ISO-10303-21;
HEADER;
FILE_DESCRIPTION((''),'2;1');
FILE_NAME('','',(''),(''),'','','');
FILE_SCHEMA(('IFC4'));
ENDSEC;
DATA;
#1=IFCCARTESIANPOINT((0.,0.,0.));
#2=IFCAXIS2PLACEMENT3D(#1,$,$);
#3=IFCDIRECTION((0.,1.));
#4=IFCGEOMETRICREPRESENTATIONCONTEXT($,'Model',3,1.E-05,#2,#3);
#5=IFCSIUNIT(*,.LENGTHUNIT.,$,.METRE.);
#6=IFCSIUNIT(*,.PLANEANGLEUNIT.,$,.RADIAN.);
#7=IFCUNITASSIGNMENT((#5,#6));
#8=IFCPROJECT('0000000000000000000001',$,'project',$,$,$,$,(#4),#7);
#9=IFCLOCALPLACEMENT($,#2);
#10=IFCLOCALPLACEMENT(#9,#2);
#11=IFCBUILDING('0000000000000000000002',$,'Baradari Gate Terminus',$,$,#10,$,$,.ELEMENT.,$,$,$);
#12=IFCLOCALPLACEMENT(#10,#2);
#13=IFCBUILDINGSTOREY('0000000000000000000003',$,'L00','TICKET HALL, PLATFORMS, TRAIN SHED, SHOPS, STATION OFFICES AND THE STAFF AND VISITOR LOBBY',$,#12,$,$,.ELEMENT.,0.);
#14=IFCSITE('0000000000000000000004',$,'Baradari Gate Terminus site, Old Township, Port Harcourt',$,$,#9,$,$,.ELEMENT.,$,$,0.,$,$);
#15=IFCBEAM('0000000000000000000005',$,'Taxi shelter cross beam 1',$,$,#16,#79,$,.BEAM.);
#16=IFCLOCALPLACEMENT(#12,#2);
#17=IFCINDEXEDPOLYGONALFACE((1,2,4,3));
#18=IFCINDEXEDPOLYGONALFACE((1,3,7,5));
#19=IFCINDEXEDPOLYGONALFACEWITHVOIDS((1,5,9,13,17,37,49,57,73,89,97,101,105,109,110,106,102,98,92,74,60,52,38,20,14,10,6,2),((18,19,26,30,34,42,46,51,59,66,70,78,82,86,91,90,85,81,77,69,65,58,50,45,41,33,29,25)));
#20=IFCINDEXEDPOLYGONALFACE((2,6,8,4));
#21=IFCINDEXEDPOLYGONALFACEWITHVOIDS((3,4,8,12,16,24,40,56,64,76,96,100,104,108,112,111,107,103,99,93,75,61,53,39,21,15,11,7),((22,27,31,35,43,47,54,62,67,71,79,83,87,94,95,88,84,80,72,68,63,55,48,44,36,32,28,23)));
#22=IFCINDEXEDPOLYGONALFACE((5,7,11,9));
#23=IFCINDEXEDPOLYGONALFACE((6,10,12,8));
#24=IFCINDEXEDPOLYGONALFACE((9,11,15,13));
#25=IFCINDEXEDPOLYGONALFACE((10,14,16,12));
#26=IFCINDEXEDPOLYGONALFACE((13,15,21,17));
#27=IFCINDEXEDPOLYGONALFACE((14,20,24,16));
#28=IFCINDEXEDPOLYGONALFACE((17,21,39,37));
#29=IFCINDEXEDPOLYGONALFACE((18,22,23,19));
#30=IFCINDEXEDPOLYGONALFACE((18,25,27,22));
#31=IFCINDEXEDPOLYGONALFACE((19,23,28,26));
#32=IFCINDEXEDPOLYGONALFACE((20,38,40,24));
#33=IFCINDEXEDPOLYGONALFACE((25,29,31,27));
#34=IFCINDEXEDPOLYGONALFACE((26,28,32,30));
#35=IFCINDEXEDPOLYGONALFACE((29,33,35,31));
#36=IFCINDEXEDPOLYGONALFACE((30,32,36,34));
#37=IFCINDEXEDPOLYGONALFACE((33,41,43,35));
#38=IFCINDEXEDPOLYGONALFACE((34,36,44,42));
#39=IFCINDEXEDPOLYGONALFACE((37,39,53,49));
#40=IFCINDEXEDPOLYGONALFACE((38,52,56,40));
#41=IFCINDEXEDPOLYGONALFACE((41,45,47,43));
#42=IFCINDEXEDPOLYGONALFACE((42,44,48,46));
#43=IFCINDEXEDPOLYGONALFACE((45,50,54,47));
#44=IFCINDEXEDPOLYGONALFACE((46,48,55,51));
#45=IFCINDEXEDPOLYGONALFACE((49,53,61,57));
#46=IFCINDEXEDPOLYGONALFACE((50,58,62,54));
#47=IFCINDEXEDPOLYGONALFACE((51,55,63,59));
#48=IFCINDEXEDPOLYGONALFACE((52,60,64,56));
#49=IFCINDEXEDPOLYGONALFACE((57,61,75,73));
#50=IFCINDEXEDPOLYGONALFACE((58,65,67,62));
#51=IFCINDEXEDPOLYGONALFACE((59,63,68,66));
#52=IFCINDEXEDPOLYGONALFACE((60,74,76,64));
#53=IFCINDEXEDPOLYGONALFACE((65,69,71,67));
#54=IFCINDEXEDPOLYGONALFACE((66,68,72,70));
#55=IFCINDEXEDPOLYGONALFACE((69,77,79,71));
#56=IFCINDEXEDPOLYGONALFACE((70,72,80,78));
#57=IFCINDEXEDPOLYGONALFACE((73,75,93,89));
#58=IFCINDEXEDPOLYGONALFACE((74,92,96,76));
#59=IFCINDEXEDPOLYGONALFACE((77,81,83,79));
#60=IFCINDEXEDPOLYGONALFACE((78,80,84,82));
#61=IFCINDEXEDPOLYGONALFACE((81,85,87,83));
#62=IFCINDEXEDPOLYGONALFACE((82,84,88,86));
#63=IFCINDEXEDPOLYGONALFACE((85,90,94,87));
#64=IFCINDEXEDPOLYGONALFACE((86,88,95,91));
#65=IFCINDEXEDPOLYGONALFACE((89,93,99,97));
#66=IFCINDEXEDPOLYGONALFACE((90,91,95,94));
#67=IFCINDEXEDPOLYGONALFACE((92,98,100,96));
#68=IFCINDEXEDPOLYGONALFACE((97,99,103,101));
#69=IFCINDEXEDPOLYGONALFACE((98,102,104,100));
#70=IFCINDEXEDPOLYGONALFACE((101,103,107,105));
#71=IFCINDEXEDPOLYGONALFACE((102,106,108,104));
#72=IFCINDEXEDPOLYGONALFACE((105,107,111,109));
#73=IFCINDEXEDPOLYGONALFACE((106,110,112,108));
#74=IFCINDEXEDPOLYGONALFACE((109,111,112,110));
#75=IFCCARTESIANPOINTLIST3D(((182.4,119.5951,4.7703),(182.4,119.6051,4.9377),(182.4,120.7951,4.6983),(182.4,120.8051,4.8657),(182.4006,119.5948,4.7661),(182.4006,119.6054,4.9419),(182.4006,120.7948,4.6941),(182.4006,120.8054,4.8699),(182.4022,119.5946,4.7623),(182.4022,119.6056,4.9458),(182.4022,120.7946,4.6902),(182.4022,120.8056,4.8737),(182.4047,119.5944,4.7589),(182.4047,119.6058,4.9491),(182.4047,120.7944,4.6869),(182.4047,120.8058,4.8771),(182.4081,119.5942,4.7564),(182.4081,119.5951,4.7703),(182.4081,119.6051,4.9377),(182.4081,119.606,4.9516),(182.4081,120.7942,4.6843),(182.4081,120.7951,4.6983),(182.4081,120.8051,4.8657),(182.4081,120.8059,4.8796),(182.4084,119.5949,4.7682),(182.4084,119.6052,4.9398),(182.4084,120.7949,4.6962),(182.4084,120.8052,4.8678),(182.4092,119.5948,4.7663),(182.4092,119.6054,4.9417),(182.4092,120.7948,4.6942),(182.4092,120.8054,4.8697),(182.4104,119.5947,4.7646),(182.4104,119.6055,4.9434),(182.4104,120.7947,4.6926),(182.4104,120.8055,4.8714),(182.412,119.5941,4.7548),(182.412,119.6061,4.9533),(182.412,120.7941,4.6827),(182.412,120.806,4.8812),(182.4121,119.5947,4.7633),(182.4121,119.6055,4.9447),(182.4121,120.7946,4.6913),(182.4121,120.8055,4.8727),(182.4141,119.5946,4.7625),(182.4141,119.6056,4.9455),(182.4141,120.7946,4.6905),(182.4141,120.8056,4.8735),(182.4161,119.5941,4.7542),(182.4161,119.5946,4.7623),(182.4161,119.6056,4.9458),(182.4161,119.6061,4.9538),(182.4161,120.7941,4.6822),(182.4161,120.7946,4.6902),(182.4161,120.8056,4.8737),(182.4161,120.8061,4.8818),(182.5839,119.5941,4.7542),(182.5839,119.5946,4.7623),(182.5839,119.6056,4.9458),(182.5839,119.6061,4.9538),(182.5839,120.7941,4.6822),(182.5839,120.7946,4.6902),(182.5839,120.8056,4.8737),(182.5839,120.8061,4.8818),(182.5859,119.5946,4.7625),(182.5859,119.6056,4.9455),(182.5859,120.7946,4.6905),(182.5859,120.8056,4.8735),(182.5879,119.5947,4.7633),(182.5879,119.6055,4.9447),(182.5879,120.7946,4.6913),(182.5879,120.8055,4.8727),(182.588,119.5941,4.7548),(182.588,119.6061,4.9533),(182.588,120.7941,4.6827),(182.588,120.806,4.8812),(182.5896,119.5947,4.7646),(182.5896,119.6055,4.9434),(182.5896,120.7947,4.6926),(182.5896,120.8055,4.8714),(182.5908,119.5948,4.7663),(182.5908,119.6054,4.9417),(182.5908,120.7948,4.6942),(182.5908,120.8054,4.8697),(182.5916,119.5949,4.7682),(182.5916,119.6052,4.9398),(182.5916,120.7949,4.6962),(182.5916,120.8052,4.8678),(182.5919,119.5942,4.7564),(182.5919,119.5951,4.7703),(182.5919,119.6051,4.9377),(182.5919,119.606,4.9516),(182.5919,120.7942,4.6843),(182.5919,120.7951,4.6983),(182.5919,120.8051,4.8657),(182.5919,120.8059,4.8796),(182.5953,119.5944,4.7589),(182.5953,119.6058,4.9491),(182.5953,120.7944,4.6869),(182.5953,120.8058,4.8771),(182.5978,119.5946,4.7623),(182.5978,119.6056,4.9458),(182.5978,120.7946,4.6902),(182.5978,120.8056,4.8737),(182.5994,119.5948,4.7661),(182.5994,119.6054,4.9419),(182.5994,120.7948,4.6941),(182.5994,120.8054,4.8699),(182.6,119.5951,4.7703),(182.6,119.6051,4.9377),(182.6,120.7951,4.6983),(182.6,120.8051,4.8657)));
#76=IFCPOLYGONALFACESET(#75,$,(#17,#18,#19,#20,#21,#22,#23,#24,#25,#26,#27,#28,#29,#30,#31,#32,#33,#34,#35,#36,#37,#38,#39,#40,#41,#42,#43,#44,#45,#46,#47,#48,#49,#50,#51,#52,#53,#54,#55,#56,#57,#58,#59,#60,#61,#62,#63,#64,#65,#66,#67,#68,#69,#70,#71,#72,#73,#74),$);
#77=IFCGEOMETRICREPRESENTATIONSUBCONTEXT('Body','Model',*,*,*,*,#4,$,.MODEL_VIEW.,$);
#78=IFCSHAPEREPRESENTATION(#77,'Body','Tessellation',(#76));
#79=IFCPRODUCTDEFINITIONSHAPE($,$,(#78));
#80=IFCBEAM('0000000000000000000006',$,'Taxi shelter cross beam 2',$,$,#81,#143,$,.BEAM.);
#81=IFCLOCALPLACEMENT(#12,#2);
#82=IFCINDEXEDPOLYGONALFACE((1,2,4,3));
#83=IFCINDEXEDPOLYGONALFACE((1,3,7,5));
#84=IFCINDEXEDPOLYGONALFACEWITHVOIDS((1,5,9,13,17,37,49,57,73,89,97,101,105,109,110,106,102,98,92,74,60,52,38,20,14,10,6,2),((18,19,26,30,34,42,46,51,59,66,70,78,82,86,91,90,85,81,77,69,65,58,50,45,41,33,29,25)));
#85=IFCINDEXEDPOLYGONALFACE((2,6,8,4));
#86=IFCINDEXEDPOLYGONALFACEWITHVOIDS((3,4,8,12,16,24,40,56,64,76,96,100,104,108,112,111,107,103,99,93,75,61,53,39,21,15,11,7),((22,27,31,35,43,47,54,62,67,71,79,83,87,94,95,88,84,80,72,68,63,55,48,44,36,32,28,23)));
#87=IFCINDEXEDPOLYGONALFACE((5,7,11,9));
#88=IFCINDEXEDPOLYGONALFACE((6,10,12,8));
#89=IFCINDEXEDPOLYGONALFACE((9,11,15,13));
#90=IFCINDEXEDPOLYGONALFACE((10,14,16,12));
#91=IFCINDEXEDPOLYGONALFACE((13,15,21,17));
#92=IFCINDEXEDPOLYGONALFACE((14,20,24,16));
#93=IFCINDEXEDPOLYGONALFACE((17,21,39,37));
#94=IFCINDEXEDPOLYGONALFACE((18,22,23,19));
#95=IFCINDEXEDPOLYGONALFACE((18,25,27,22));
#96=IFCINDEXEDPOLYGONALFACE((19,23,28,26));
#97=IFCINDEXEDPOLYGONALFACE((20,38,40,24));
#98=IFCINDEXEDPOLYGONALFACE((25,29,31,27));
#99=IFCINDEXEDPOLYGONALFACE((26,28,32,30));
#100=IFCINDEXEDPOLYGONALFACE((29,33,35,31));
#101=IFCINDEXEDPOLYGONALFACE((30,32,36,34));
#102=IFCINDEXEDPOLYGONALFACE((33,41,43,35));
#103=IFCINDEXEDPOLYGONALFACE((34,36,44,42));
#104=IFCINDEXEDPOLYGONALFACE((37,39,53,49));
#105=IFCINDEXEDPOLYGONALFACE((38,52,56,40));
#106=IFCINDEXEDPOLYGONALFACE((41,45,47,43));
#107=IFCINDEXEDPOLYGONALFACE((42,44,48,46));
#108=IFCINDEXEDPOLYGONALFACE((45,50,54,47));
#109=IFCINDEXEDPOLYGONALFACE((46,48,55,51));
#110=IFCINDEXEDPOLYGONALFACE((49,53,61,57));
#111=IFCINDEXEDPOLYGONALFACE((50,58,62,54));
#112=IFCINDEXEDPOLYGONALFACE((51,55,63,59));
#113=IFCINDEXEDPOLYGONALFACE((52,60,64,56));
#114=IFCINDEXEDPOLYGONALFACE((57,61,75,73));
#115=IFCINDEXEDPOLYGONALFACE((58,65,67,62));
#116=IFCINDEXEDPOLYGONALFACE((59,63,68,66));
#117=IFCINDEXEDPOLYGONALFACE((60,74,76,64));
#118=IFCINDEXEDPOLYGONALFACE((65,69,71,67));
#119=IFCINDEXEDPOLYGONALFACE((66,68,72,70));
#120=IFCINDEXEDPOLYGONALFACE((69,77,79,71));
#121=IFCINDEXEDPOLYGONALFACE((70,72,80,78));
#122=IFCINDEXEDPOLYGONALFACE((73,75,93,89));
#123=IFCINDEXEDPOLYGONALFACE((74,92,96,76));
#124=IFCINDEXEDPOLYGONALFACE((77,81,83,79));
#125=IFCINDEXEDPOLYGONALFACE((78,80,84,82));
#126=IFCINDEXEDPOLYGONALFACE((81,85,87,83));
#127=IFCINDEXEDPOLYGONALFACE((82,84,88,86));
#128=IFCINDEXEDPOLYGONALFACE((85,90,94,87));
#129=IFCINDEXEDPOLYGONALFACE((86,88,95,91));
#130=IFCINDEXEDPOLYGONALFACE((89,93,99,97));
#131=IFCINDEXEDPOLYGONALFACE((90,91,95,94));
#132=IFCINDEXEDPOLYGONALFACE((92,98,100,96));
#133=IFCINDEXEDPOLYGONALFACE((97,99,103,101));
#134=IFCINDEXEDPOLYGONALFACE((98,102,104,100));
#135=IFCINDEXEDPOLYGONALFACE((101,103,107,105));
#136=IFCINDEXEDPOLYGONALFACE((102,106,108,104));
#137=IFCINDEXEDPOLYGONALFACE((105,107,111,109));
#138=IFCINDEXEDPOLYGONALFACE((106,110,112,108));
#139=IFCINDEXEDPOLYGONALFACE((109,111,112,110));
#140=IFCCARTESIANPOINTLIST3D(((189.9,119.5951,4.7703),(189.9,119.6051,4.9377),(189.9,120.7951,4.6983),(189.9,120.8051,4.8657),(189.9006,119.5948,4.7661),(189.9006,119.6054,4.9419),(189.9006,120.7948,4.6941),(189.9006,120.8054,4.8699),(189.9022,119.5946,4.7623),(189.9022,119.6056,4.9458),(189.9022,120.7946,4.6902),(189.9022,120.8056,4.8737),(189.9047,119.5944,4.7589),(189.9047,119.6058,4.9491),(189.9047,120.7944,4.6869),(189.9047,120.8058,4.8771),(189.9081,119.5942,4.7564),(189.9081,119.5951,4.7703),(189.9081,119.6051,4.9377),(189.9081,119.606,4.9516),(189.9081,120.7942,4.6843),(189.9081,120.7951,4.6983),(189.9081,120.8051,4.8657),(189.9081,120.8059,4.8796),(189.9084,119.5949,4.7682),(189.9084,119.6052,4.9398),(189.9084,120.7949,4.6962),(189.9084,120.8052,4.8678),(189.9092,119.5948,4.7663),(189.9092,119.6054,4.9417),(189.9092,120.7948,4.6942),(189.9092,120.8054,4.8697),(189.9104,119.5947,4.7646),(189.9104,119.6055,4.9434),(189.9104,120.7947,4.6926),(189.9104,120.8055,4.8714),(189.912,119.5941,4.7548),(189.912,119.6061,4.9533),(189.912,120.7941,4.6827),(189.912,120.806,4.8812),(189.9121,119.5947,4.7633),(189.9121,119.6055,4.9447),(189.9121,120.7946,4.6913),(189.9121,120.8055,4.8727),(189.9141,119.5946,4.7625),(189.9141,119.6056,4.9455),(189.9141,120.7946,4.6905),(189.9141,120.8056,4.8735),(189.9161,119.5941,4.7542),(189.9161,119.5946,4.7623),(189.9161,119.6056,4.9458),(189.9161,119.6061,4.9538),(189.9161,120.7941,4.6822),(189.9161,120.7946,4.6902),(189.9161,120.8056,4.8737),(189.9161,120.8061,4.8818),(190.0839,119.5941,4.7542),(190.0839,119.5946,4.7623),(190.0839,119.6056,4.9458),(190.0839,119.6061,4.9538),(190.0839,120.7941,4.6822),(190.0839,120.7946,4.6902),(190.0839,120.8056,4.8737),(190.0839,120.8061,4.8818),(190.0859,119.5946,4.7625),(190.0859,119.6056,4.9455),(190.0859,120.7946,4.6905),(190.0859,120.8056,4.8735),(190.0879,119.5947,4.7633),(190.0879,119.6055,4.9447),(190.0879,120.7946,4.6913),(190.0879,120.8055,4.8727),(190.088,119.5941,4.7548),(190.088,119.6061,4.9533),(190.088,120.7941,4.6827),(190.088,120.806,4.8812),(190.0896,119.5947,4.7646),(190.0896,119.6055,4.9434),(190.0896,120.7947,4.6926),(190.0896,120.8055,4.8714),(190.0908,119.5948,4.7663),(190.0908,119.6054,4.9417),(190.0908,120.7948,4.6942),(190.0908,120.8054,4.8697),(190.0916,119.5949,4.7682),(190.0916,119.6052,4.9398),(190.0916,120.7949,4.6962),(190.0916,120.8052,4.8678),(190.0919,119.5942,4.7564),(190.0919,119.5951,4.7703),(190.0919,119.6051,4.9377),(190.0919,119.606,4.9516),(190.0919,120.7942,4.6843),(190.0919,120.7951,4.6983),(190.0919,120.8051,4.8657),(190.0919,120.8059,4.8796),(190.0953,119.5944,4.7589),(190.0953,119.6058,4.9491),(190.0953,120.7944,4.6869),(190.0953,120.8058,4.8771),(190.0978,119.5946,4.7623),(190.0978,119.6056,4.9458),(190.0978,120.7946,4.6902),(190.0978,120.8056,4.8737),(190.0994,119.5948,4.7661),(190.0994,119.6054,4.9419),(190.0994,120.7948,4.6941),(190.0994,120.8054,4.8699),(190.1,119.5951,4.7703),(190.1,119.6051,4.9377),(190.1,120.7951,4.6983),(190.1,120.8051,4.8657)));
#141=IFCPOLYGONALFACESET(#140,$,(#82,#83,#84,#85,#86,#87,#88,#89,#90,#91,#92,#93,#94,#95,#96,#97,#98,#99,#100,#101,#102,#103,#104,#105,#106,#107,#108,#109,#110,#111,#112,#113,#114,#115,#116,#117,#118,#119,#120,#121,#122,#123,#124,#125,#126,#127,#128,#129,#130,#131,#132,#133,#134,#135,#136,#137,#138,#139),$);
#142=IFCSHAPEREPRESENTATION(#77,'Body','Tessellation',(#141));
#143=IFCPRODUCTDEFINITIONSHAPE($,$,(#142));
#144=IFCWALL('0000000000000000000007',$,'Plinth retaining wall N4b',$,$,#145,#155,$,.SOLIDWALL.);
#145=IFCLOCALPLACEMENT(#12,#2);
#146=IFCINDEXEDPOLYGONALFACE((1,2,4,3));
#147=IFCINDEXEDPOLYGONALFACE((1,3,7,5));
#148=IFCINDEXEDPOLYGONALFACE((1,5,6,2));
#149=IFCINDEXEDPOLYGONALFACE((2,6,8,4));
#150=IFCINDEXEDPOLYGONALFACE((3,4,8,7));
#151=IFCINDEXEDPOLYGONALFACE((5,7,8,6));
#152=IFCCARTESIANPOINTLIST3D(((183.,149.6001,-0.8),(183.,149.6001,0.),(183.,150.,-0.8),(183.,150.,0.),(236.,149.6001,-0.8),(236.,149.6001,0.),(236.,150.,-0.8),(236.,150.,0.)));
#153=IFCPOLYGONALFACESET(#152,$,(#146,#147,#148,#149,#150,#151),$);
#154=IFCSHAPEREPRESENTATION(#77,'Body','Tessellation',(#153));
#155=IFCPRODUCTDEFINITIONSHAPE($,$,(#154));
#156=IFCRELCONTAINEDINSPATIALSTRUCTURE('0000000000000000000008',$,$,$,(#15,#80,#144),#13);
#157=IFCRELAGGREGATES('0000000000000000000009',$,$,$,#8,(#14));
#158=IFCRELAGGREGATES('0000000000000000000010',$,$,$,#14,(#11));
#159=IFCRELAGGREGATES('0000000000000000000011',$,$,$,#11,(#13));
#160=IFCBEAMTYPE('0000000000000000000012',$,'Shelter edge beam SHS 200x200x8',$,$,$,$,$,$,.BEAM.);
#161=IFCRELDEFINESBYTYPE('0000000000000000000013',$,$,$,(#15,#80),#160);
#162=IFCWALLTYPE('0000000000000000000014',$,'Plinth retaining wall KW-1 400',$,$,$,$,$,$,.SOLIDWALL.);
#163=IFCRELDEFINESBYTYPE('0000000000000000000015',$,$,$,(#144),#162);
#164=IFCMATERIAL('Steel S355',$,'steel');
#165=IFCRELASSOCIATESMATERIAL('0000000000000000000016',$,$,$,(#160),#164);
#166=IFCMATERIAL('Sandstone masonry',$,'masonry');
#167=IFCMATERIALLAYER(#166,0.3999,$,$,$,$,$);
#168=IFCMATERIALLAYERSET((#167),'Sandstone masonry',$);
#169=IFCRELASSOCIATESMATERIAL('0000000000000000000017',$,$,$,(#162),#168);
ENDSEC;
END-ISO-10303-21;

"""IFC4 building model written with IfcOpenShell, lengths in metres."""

from ifc_helpers import new_model, si_unit, direction, frame, frame_2d, origin, origin_2d, place, context, subcontext, project, spatial, rectangle, hollow_rectangle, extrude, material, layer, layer_set, material_profile, profile_set, type_object, element, save


model = new_model("IFC4")

# Units and contexts
model_context = context("Model", 3, precision=1e-05, world=origin(), true_north=direction((0.0, 1.0)))
body_context = subcontext(model_context, "Body", "Model", "MODEL_VIEW")
ifc_project = project(units=[si_unit("LENGTHUNIT", "METRE"), si_unit("PLANEANGLEUNIT", "RADIAN")], contexts=[model_context])

# Site, building, storey
site_placement = place(None, origin())
site = spatial("IfcSite", under=ifc_project, at=site_placement, Name="Baradari Gate Terminus site, Old Township, Port Harcourt", CompositionType="ELEMENT", RefElevation=0.0)
building_placement = place(site_placement, origin())
building = spatial("IfcBuilding", under=site, at=building_placement, Name="Baradari Gate Terminus", CompositionType="ELEMENT")
storey_placement = place(building_placement, origin())
storey = spatial("IfcBuildingStorey", under=building, at=storey_placement, Name="L00", Description="TICKET HALL, PLATFORMS, TRAIN SHED, SHOPS, STATION OFFICES AND THE STAFF AND VISITOR LOBBY", CompositionType="ELEMENT", Elevation=0.0)

# Beams
ifc_material_1 = material(Name="Steel S355", Category="steel")
ifc_material_profile_1 = material_profile(ifc_material_1, hollow_rectangle(XDim=0.2, YDim=0.2, WallThickness=0.0081, InnerFilletRadius=0.0081, OuterFilletRadius=0.0161, at=origin_2d()), Name="SHS 200x200x8")
ifc_profile_set_1 = profile_set([ifc_material_profile_1], Name="Steel S355")
beam_type = type_object("IfcBeamType", Name="Shelter edge beam SHS 200x200x8", PredefinedType="BEAM", material=ifc_profile_set_1)
for number, where, z_axis, x_axis, name in (
    (1, (182.5, 119.6001, 4.854), (0.0, 0.998204, -0.059913), (-1.0, 0.0, 0.0), "Taxi shelter cross beam 1"),
    (2, (190.0, 119.6001, 4.854), (0.0, 0.998204, -0.059913), (-1.0, 0.0, 0.0), "Taxi shelter cross beam 2"),
):
    element("IfcBeam", number, at=place(storey_placement, frame(where, z_axis=z_axis, x_axis=x_axis)), inside=storey, type_object=beam_type, Name=name, PredefinedType="BEAM", context=body_context, shape_type="SweptSolid", body=[
        extrude(hollow_rectangle(XDim=0.2, YDim=0.2, WallThickness=0.0081, InnerFilletRadius=0.0081, OuterFilletRadius=0.0161, at=origin_2d()), origin(), (0.0, 0.0, 1.0), 1.2021),
    ])

# Wall
ifc_material_2 = material(Name="Sandstone masonry", Category="masonry")
ifc_layer_1 = layer(ifc_material_2, 0.3999)
ifc_layer_set_1 = layer_set([ifc_layer_1], Name="Sandstone masonry")
wall_type_1 = type_object("IfcWallType", Name="Plinth retaining wall KW-1 400", PredefinedType="SOLIDWALL", material=ifc_layer_set_1)
wall_1_placement = place(storey_placement, frame((183.0, 149.8, -0.8), z_axis=(0.0, 0.0, 1.0), x_axis=(1.0, 0.0, 0.0)))
element("IfcWall", 3, at=wall_1_placement, inside=storey, type_object=wall_type_1, Name="Plinth retaining wall N4b", PredefinedType="SOLIDWALL", context=body_context, shape_type="SweptSolid", body=[
    extrude(rectangle(XDim=53.0, YDim=0.3999, at=frame_2d((26.5, 0.0))), origin(), (0.0, 0.0, 1.0), 0.8),
])

save(model, "model.ifc")
